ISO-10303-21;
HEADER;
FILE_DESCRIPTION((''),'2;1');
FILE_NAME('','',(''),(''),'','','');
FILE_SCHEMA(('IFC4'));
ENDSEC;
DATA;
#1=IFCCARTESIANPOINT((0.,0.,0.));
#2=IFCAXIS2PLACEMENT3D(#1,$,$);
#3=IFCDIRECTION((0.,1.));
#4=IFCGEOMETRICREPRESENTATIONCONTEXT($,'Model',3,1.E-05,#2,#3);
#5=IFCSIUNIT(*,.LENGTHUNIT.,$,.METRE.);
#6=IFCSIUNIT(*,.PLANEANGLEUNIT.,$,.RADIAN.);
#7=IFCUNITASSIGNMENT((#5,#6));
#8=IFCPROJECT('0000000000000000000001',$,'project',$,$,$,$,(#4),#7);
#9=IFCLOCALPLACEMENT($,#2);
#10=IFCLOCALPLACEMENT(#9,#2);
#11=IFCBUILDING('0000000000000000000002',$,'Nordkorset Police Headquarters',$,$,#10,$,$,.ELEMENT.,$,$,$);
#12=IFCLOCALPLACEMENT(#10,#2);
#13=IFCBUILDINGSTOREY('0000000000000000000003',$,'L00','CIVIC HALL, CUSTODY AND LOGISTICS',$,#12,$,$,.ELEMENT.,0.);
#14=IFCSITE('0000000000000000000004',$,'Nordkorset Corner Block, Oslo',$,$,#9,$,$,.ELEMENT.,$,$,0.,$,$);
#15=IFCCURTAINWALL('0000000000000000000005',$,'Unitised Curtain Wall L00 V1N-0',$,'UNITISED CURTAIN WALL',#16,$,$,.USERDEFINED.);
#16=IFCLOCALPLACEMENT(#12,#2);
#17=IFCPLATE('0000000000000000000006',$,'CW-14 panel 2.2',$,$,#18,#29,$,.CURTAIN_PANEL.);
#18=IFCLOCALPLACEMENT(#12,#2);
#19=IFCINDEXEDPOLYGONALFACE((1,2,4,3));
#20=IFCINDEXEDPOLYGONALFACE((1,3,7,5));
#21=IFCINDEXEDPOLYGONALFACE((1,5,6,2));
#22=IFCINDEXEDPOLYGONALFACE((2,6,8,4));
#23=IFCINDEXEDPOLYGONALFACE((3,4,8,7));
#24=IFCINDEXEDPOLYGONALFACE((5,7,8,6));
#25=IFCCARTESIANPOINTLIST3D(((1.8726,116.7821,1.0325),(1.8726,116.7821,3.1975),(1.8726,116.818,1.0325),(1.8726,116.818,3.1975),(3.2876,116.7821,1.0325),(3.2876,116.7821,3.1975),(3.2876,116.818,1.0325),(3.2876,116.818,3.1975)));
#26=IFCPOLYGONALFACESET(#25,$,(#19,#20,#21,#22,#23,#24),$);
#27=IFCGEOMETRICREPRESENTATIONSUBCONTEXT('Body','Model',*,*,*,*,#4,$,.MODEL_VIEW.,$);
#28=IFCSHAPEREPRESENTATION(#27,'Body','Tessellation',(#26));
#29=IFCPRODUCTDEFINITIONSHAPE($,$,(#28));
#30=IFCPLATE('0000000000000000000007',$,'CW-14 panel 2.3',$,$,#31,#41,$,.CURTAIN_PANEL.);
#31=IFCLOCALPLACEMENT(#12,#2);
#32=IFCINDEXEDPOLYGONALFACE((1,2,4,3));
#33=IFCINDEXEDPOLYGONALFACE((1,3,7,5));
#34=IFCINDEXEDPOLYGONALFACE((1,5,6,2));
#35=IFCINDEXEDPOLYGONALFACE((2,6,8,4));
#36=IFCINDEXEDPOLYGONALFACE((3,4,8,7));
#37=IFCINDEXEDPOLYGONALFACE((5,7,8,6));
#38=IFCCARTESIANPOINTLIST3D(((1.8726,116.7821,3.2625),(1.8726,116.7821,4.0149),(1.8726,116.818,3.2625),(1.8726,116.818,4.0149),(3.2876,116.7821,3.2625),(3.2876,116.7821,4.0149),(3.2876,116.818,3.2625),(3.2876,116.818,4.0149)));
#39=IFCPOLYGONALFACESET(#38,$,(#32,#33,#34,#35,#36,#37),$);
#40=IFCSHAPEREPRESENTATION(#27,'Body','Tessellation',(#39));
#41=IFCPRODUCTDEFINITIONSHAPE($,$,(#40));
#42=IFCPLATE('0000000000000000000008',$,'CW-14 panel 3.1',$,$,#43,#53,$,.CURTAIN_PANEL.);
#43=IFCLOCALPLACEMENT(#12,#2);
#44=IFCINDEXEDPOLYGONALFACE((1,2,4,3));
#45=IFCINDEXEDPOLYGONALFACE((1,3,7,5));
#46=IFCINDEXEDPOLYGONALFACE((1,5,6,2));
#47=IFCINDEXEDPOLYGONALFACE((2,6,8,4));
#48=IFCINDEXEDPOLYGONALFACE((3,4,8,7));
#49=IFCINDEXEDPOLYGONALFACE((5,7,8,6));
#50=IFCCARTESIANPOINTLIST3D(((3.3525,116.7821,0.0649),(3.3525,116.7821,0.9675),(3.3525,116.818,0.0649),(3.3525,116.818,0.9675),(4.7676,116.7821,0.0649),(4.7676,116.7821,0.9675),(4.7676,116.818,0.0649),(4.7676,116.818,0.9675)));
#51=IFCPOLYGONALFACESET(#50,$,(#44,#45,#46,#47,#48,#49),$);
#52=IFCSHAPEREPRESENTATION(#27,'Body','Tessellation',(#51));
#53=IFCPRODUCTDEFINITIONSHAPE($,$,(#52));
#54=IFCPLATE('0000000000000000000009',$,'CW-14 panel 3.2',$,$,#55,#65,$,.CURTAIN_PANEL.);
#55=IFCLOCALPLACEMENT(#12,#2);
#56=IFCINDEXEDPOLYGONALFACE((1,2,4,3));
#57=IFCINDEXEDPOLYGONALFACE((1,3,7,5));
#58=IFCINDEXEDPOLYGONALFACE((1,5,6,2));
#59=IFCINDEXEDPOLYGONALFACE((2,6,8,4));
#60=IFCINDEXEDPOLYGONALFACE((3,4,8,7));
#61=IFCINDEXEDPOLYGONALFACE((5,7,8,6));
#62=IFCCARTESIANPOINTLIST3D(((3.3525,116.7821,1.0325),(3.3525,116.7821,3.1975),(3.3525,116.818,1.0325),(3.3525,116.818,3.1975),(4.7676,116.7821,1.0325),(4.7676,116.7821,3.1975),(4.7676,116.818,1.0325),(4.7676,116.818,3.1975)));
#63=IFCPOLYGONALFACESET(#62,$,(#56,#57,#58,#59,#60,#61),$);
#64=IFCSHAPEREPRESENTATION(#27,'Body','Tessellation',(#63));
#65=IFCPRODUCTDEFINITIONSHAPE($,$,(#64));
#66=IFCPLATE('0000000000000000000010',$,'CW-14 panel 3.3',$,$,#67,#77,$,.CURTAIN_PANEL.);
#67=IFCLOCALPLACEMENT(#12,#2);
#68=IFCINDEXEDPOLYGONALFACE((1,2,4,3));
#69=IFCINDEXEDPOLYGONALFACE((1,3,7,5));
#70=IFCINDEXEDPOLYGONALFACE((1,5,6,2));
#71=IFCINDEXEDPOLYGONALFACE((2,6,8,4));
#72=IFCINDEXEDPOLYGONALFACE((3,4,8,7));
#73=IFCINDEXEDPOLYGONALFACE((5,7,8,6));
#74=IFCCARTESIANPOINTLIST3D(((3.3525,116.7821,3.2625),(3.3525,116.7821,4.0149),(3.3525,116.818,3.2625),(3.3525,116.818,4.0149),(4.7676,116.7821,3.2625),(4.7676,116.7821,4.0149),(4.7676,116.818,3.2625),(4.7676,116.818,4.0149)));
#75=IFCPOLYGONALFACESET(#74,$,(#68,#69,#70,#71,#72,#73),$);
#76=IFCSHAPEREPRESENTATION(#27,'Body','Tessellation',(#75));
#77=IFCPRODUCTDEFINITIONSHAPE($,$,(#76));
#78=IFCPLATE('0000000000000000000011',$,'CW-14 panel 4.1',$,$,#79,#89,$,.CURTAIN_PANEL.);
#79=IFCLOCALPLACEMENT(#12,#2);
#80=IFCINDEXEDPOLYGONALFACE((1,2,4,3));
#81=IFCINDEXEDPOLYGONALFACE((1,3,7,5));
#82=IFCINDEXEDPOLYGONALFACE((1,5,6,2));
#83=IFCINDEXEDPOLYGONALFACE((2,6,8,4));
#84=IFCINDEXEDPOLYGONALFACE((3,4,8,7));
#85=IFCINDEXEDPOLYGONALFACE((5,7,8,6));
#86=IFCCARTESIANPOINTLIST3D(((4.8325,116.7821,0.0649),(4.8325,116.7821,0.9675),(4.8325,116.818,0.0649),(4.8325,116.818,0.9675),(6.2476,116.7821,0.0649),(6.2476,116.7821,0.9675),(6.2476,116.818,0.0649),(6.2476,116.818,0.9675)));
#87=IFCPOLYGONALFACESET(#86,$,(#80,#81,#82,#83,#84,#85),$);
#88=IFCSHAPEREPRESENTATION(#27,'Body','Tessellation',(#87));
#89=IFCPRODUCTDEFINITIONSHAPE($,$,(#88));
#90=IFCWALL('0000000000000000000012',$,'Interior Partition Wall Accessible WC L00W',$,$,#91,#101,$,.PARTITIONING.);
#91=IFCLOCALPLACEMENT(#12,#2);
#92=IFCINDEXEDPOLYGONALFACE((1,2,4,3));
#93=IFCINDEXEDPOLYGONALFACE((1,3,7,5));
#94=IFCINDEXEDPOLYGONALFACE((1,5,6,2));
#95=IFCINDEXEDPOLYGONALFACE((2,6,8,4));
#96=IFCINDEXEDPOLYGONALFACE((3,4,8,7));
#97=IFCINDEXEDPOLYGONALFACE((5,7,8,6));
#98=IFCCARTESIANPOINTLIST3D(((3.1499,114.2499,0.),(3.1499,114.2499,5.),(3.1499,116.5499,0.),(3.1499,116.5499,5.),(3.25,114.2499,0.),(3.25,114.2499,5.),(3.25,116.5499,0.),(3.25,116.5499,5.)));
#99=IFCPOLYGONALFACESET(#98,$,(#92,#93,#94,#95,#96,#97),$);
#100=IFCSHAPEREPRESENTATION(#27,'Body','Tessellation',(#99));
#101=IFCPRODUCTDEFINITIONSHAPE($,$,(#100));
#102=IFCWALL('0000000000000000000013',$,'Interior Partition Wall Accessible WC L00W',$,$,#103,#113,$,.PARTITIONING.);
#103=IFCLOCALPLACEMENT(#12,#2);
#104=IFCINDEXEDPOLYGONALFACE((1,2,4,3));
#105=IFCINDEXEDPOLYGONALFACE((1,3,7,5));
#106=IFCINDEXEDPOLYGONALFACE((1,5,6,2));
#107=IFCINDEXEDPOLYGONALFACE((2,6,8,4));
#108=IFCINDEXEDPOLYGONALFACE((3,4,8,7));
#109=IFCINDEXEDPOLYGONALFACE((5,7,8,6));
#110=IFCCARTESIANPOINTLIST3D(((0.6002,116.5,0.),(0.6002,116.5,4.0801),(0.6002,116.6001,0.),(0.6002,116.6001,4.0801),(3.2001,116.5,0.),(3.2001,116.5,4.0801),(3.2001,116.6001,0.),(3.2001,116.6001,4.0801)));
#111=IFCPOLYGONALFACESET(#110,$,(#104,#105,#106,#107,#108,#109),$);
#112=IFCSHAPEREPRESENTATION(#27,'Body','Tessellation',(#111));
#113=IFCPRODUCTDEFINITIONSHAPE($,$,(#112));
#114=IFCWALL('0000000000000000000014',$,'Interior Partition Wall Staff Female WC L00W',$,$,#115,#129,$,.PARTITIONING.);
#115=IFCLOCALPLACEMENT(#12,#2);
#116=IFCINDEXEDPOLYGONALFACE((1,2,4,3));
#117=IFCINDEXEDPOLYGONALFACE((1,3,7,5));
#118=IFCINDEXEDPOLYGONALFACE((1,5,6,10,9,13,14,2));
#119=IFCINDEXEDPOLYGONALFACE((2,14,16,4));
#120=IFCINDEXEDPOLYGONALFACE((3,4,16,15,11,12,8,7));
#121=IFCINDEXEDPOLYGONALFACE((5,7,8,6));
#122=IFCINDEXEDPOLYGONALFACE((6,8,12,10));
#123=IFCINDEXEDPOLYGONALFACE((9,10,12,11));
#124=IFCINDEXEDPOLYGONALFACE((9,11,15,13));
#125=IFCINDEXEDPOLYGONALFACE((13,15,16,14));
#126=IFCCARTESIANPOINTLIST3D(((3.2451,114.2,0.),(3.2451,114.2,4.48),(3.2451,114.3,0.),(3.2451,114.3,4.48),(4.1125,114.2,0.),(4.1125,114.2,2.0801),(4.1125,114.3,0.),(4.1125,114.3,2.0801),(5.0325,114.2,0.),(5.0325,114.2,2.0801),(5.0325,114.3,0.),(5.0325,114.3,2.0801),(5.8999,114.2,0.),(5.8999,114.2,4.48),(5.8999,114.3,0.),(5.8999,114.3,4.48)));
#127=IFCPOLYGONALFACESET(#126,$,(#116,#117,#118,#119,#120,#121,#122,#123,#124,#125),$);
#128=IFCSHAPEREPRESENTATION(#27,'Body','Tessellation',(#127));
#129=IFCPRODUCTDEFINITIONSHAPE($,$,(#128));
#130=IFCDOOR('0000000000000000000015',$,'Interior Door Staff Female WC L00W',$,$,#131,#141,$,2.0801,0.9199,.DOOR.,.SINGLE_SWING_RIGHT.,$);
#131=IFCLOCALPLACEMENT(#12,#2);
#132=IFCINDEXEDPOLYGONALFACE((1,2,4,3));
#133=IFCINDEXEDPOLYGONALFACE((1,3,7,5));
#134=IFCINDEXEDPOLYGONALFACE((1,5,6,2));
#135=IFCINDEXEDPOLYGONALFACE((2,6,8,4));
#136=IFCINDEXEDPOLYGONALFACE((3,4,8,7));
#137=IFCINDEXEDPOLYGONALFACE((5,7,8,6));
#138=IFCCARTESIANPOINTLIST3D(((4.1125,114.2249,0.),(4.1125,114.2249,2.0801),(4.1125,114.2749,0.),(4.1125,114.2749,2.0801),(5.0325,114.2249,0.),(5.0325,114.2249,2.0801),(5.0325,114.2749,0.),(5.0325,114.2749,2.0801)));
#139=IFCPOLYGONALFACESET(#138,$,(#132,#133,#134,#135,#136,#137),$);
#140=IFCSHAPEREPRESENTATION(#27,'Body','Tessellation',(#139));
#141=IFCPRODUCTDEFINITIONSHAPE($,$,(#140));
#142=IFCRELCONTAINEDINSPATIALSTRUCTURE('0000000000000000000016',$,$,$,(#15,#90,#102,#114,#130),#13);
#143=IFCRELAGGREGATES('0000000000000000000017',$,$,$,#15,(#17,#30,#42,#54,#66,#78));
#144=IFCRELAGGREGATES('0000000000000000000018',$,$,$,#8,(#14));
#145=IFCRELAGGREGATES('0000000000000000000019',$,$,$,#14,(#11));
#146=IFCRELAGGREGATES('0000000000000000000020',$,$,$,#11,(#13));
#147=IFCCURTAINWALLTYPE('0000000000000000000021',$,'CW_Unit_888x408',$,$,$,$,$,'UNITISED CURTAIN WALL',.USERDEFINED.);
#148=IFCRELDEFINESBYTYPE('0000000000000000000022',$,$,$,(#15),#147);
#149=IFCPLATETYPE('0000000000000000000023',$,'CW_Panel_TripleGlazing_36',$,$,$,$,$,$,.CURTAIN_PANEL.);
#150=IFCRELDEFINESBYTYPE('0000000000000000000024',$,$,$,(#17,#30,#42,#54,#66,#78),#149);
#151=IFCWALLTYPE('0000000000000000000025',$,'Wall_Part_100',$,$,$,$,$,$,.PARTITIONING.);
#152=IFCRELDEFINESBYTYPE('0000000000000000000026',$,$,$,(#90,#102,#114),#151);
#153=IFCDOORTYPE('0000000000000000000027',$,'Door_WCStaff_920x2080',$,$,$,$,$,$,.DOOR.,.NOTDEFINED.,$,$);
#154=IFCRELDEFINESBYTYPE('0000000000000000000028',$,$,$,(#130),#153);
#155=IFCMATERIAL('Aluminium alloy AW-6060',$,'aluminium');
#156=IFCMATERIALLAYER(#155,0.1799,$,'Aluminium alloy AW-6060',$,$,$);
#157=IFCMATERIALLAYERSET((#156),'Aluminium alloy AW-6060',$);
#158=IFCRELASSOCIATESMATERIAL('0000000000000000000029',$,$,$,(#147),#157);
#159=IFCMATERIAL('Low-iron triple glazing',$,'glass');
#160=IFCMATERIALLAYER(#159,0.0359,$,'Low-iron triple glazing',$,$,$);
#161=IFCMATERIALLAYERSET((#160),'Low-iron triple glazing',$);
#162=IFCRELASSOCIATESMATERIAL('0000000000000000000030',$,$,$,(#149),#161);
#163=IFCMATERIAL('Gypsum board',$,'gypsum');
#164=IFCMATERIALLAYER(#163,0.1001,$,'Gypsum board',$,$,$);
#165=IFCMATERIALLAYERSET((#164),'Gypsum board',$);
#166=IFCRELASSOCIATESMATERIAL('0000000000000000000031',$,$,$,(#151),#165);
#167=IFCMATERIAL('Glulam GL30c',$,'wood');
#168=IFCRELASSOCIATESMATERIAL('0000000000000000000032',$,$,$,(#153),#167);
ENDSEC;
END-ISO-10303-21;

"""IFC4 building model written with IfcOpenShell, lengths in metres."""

from ifc_helpers import new_model, si_unit, direction, frame, frame_2d, origin, origin_2d, place, context, subcontext, project, spatial, rectangle, extrude, material, layer, layer_set, type_object, element, fill, aggregate, save


model = new_model("IFC4")

# Units and contexts
model_context = context("Model", 3, precision=1e-05, world=origin(), true_north=direction((0.0, 1.0)))
body_context = subcontext(model_context, "Body", "Model", "MODEL_VIEW")
ifc_project = project(units=[si_unit("LENGTHUNIT", "METRE"), si_unit("PLANEANGLEUNIT", "RADIAN")], contexts=[model_context])

# Site, building, storey
site_placement = place(None, origin())
site = spatial("IfcSite", under=ifc_project, at=site_placement, Name="Nordkorset Corner Block, Oslo", CompositionType="ELEMENT", RefElevation=0.0)
building_placement = place(site_placement, origin())
building = spatial("IfcBuilding", under=site, at=building_placement, Name="Nordkorset Police Headquarters", CompositionType="ELEMENT")
storey_placement = place(building_placement, origin())
storey = spatial("IfcBuildingStorey", under=building, at=storey_placement, Name="L00", Description="CIVIC HALL, CUSTODY AND LOGISTICS", CompositionType="ELEMENT", Elevation=0.0)

# Curtain wall
ifc_material_1 = material(Name="Aluminium alloy AW-6060", Category="aluminium")
ifc_layer_1 = layer(ifc_material_1, 0.1799, Name="Aluminium alloy AW-6060")
ifc_layer_set_1 = layer_set([ifc_layer_1], Name="Aluminium alloy AW-6060")
curtain_wall_type = type_object("IfcCurtainWallType", Name="CW_Unit_888x408", ElementType="UNITISED CURTAIN WALL", PredefinedType="USERDEFINED", material=ifc_layer_set_1)
curtain_wall_placement = place(storey_placement, origin())
curtain_wall = element("IfcCurtainWall", 1, at=curtain_wall_placement, inside=storey, type_object=curtain_wall_type, Name="Unitised Curtain Wall L00 V1N-0", ObjectType="UNITISED CURTAIN WALL", PredefinedType="USERDEFINED")

# Plates
ifc_material_2 = material(Name="Low-iron triple glazing", Category="glass")
ifc_layer_2 = layer(ifc_material_2, 0.0359, Name="Low-iron triple glazing")
ifc_layer_set_2 = layer_set([ifc_layer_2], Name="Low-iron triple glazing")
plate_type = type_object("IfcPlateType", Name="CW_Panel_TripleGlazing_36", PredefinedType="CURTAIN_PANEL", material=ifc_layer_set_2)
plate_1_placement = place(storey_placement, frame((2.5801, 116.8, 1.0325), z_axis=(0.0, 0.0, 1.0), x_axis=(1.0, 0.0, 0.0)))
plate_1 = element("IfcPlate", 2, at=plate_1_placement, type_object=plate_type, Name="CW-14 panel 2.2", PredefinedType="CURTAIN_PANEL", context=body_context, shape_type="SweptSolid", body=[
    extrude(rectangle(XDim=1.415, YDim=0.0359, at=origin_2d()), origin(), (0.0, 0.0, 1.0), 2.165),
])
plate_2_placement = place(storey_placement, frame((2.5801, 116.8, 3.2625), z_axis=(0.0, 0.0, 1.0), x_axis=(1.0, 0.0, 0.0)))
plate_2 = element("IfcPlate", 3, at=plate_2_placement, type_object=plate_type, Name="CW-14 panel 2.3", PredefinedType="CURTAIN_PANEL", context=body_context, shape_type="SweptSolid", body=[
    extrude(rectangle(XDim=1.415, YDim=0.0359, at=origin_2d()), origin(), (0.0, 0.0, 1.0), 0.7524),
])
plate_3_placement = place(storey_placement, frame((4.0601, 116.8, 0.0649), z_axis=(0.0, 0.0, 1.0), x_axis=(1.0, 0.0, 0.0)))
plate_3 = element("IfcPlate", 4, at=plate_3_placement, type_object=plate_type, Name="CW-14 panel 3.1", PredefinedType="CURTAIN_PANEL", context=body_context, shape_type="SweptSolid", body=[
    extrude(rectangle(XDim=1.415, YDim=0.0359, at=origin_2d()), origin(), (0.0, 0.0, 1.0), 0.9026),
])
plate_4_placement = place(storey_placement, frame((4.0601, 116.8, 1.0325), z_axis=(0.0, 0.0, 1.0), x_axis=(1.0, 0.0, 0.0)))
plate_4 = element("IfcPlate", 5, at=plate_4_placement, type_object=plate_type, Name="CW-14 panel 3.2", PredefinedType="CURTAIN_PANEL", context=body_context, shape_type="SweptSolid", body=[
    extrude(rectangle(XDim=1.415, YDim=0.0359, at=origin_2d()), origin(), (0.0, 0.0, 1.0), 2.165),
])
plate_5_placement = place(storey_placement, frame((4.0601, 116.8, 3.2625), z_axis=(0.0, 0.0, 1.0), x_axis=(1.0, 0.0, 0.0)))
plate_5 = element("IfcPlate", 6, at=plate_5_placement, type_object=plate_type, Name="CW-14 panel 3.3", PredefinedType="CURTAIN_PANEL", context=body_context, shape_type="SweptSolid", body=[
    extrude(rectangle(XDim=1.415, YDim=0.0359, at=origin_2d()), origin(), (0.0, 0.0, 1.0), 0.7524),
])
plate_6_placement = place(storey_placement, frame((5.54, 116.8, 0.0649), z_axis=(0.0, 0.0, 1.0), x_axis=(1.0, 0.0, 0.0)))
plate_6 = element("IfcPlate", 7, at=plate_6_placement, type_object=plate_type, Name="CW-14 panel 4.1", PredefinedType="CURTAIN_PANEL", context=body_context, shape_type="SweptSolid", body=[
    extrude(rectangle(XDim=1.415, YDim=0.0359, at=origin_2d()), origin(), (0.0, 0.0, 1.0), 0.9026),
])
aggregate(curtain_wall, [plate_1, plate_2, plate_3, plate_4, plate_5, plate_6])

# Walls
ifc_material_3 = material(Name="Gypsum board", Category="gypsum")
ifc_layer_3 = layer(ifc_material_3, 0.1001, Name="Gypsum board")
ifc_layer_set_3 = layer_set([ifc_layer_3], Name="Gypsum board")
wall_type = type_object("IfcWallType", Name="Wall_Part_100", PredefinedType="PARTITIONING", material=ifc_layer_set_3)
wall_1_placement = place(storey_placement, frame((3.2, 114.25, 0.0), z_axis=(0.0, 0.0, 1.0), x_axis=(0.0, 1.0, 0.0)))
element("IfcWall", 8, at=wall_1_placement, inside=storey, type_object=wall_type, Name="Interior Partition Wall Accessible WC L00W", PredefinedType="PARTITIONING", context=body_context, shape_type="SweptSolid", body=[
    extrude(rectangle(XDim=2.3, YDim=0.1001, at=frame_2d((1.1499, 0.0))), origin(), (0.0, 0.0, 1.0), 5.0),
])
wall_2_placement = place(storey_placement, frame((3.2, 116.55, 0.0), z_axis=(0.0, 0.0, 1.0), x_axis=(-1.0, 0.0, 0.0)))
element("IfcWall", 9, at=wall_2_placement, inside=storey, type_object=wall_type, Name="Interior Partition Wall Accessible WC L00W", PredefinedType="PARTITIONING", context=body_context, shape_type="SweptSolid", body=[
    extrude(rectangle(XDim=2.5999, YDim=0.1001, at=frame_2d((1.2998, 0.0))), origin(), (0.0, 0.0, 1.0), 4.0801),
])

# Wall, opening, door
wall_3_placement = place(storey_placement, frame((3.2451, 114.25, 0.0), z_axis=(0.0, 0.0, 1.0), x_axis=(1.0, 0.0, 0.0)))
wall_3 = element("IfcWall", 10, at=wall_3_placement, inside=storey, type_object=wall_type, Name="Interior Partition Wall Staff Female WC L00W", PredefinedType="PARTITIONING", context=body_context, shape_type="SweptSolid", body=[
    extrude(rectangle(XDim=2.6548, YDim=0.1001, at=frame_2d((1.3274, 0.0))), origin(), (0.0, 0.0, 1.0), 4.48),
])
opening_placement = place(wall_3_placement, frame((0.8674, 0.0, 0.0)))
opening = element("IfcOpeningElement", 11, at=opening_placement, cuts=wall_3, PredefinedType="OPENING", context=body_context, shape_type="SweptSolid", body=[
    extrude(rectangle(XDim=0.9199, YDim=2.0801, at=frame_2d((0.46, 1.04))), frame((0.0, 0.0601, 0.0), z_axis=(0.0, -1.0, 0.0), x_axis=(1.0, 0.0, 0.0)), (0.0, 0.0, 1.0), 0.1201),
])
ifc_material_4 = material(Name="Glulam GL30c", Category="wood")
door_type = type_object("IfcDoorType", Name="Door_WCStaff_920x2080", OperationType="NOTDEFINED", PredefinedType="DOOR", material=ifc_material_4)
door_placement = place(opening_placement, origin())
door = element("IfcDoor", 12, at=door_placement, inside=storey, type_object=door_type, Name="Interior Door Staff Female WC L00W", OperationType="SINGLE_SWING_RIGHT", OverallHeight=2.0801, OverallWidth=0.9199, PredefinedType="DOOR", context=body_context, shape_type="SweptSolid", body=[
    extrude(rectangle(XDim=0.9199, YDim=2.0801, at=frame_2d((0.46, 1.04))), frame((0.0, 0.0249, 0.0), z_axis=(0.0, -1.0, 0.0), x_axis=(1.0, 0.0, 0.0)), (0.0, 0.0, 1.0), 0.05),
])
fill(opening, door)

save(model, "model.ifc")
